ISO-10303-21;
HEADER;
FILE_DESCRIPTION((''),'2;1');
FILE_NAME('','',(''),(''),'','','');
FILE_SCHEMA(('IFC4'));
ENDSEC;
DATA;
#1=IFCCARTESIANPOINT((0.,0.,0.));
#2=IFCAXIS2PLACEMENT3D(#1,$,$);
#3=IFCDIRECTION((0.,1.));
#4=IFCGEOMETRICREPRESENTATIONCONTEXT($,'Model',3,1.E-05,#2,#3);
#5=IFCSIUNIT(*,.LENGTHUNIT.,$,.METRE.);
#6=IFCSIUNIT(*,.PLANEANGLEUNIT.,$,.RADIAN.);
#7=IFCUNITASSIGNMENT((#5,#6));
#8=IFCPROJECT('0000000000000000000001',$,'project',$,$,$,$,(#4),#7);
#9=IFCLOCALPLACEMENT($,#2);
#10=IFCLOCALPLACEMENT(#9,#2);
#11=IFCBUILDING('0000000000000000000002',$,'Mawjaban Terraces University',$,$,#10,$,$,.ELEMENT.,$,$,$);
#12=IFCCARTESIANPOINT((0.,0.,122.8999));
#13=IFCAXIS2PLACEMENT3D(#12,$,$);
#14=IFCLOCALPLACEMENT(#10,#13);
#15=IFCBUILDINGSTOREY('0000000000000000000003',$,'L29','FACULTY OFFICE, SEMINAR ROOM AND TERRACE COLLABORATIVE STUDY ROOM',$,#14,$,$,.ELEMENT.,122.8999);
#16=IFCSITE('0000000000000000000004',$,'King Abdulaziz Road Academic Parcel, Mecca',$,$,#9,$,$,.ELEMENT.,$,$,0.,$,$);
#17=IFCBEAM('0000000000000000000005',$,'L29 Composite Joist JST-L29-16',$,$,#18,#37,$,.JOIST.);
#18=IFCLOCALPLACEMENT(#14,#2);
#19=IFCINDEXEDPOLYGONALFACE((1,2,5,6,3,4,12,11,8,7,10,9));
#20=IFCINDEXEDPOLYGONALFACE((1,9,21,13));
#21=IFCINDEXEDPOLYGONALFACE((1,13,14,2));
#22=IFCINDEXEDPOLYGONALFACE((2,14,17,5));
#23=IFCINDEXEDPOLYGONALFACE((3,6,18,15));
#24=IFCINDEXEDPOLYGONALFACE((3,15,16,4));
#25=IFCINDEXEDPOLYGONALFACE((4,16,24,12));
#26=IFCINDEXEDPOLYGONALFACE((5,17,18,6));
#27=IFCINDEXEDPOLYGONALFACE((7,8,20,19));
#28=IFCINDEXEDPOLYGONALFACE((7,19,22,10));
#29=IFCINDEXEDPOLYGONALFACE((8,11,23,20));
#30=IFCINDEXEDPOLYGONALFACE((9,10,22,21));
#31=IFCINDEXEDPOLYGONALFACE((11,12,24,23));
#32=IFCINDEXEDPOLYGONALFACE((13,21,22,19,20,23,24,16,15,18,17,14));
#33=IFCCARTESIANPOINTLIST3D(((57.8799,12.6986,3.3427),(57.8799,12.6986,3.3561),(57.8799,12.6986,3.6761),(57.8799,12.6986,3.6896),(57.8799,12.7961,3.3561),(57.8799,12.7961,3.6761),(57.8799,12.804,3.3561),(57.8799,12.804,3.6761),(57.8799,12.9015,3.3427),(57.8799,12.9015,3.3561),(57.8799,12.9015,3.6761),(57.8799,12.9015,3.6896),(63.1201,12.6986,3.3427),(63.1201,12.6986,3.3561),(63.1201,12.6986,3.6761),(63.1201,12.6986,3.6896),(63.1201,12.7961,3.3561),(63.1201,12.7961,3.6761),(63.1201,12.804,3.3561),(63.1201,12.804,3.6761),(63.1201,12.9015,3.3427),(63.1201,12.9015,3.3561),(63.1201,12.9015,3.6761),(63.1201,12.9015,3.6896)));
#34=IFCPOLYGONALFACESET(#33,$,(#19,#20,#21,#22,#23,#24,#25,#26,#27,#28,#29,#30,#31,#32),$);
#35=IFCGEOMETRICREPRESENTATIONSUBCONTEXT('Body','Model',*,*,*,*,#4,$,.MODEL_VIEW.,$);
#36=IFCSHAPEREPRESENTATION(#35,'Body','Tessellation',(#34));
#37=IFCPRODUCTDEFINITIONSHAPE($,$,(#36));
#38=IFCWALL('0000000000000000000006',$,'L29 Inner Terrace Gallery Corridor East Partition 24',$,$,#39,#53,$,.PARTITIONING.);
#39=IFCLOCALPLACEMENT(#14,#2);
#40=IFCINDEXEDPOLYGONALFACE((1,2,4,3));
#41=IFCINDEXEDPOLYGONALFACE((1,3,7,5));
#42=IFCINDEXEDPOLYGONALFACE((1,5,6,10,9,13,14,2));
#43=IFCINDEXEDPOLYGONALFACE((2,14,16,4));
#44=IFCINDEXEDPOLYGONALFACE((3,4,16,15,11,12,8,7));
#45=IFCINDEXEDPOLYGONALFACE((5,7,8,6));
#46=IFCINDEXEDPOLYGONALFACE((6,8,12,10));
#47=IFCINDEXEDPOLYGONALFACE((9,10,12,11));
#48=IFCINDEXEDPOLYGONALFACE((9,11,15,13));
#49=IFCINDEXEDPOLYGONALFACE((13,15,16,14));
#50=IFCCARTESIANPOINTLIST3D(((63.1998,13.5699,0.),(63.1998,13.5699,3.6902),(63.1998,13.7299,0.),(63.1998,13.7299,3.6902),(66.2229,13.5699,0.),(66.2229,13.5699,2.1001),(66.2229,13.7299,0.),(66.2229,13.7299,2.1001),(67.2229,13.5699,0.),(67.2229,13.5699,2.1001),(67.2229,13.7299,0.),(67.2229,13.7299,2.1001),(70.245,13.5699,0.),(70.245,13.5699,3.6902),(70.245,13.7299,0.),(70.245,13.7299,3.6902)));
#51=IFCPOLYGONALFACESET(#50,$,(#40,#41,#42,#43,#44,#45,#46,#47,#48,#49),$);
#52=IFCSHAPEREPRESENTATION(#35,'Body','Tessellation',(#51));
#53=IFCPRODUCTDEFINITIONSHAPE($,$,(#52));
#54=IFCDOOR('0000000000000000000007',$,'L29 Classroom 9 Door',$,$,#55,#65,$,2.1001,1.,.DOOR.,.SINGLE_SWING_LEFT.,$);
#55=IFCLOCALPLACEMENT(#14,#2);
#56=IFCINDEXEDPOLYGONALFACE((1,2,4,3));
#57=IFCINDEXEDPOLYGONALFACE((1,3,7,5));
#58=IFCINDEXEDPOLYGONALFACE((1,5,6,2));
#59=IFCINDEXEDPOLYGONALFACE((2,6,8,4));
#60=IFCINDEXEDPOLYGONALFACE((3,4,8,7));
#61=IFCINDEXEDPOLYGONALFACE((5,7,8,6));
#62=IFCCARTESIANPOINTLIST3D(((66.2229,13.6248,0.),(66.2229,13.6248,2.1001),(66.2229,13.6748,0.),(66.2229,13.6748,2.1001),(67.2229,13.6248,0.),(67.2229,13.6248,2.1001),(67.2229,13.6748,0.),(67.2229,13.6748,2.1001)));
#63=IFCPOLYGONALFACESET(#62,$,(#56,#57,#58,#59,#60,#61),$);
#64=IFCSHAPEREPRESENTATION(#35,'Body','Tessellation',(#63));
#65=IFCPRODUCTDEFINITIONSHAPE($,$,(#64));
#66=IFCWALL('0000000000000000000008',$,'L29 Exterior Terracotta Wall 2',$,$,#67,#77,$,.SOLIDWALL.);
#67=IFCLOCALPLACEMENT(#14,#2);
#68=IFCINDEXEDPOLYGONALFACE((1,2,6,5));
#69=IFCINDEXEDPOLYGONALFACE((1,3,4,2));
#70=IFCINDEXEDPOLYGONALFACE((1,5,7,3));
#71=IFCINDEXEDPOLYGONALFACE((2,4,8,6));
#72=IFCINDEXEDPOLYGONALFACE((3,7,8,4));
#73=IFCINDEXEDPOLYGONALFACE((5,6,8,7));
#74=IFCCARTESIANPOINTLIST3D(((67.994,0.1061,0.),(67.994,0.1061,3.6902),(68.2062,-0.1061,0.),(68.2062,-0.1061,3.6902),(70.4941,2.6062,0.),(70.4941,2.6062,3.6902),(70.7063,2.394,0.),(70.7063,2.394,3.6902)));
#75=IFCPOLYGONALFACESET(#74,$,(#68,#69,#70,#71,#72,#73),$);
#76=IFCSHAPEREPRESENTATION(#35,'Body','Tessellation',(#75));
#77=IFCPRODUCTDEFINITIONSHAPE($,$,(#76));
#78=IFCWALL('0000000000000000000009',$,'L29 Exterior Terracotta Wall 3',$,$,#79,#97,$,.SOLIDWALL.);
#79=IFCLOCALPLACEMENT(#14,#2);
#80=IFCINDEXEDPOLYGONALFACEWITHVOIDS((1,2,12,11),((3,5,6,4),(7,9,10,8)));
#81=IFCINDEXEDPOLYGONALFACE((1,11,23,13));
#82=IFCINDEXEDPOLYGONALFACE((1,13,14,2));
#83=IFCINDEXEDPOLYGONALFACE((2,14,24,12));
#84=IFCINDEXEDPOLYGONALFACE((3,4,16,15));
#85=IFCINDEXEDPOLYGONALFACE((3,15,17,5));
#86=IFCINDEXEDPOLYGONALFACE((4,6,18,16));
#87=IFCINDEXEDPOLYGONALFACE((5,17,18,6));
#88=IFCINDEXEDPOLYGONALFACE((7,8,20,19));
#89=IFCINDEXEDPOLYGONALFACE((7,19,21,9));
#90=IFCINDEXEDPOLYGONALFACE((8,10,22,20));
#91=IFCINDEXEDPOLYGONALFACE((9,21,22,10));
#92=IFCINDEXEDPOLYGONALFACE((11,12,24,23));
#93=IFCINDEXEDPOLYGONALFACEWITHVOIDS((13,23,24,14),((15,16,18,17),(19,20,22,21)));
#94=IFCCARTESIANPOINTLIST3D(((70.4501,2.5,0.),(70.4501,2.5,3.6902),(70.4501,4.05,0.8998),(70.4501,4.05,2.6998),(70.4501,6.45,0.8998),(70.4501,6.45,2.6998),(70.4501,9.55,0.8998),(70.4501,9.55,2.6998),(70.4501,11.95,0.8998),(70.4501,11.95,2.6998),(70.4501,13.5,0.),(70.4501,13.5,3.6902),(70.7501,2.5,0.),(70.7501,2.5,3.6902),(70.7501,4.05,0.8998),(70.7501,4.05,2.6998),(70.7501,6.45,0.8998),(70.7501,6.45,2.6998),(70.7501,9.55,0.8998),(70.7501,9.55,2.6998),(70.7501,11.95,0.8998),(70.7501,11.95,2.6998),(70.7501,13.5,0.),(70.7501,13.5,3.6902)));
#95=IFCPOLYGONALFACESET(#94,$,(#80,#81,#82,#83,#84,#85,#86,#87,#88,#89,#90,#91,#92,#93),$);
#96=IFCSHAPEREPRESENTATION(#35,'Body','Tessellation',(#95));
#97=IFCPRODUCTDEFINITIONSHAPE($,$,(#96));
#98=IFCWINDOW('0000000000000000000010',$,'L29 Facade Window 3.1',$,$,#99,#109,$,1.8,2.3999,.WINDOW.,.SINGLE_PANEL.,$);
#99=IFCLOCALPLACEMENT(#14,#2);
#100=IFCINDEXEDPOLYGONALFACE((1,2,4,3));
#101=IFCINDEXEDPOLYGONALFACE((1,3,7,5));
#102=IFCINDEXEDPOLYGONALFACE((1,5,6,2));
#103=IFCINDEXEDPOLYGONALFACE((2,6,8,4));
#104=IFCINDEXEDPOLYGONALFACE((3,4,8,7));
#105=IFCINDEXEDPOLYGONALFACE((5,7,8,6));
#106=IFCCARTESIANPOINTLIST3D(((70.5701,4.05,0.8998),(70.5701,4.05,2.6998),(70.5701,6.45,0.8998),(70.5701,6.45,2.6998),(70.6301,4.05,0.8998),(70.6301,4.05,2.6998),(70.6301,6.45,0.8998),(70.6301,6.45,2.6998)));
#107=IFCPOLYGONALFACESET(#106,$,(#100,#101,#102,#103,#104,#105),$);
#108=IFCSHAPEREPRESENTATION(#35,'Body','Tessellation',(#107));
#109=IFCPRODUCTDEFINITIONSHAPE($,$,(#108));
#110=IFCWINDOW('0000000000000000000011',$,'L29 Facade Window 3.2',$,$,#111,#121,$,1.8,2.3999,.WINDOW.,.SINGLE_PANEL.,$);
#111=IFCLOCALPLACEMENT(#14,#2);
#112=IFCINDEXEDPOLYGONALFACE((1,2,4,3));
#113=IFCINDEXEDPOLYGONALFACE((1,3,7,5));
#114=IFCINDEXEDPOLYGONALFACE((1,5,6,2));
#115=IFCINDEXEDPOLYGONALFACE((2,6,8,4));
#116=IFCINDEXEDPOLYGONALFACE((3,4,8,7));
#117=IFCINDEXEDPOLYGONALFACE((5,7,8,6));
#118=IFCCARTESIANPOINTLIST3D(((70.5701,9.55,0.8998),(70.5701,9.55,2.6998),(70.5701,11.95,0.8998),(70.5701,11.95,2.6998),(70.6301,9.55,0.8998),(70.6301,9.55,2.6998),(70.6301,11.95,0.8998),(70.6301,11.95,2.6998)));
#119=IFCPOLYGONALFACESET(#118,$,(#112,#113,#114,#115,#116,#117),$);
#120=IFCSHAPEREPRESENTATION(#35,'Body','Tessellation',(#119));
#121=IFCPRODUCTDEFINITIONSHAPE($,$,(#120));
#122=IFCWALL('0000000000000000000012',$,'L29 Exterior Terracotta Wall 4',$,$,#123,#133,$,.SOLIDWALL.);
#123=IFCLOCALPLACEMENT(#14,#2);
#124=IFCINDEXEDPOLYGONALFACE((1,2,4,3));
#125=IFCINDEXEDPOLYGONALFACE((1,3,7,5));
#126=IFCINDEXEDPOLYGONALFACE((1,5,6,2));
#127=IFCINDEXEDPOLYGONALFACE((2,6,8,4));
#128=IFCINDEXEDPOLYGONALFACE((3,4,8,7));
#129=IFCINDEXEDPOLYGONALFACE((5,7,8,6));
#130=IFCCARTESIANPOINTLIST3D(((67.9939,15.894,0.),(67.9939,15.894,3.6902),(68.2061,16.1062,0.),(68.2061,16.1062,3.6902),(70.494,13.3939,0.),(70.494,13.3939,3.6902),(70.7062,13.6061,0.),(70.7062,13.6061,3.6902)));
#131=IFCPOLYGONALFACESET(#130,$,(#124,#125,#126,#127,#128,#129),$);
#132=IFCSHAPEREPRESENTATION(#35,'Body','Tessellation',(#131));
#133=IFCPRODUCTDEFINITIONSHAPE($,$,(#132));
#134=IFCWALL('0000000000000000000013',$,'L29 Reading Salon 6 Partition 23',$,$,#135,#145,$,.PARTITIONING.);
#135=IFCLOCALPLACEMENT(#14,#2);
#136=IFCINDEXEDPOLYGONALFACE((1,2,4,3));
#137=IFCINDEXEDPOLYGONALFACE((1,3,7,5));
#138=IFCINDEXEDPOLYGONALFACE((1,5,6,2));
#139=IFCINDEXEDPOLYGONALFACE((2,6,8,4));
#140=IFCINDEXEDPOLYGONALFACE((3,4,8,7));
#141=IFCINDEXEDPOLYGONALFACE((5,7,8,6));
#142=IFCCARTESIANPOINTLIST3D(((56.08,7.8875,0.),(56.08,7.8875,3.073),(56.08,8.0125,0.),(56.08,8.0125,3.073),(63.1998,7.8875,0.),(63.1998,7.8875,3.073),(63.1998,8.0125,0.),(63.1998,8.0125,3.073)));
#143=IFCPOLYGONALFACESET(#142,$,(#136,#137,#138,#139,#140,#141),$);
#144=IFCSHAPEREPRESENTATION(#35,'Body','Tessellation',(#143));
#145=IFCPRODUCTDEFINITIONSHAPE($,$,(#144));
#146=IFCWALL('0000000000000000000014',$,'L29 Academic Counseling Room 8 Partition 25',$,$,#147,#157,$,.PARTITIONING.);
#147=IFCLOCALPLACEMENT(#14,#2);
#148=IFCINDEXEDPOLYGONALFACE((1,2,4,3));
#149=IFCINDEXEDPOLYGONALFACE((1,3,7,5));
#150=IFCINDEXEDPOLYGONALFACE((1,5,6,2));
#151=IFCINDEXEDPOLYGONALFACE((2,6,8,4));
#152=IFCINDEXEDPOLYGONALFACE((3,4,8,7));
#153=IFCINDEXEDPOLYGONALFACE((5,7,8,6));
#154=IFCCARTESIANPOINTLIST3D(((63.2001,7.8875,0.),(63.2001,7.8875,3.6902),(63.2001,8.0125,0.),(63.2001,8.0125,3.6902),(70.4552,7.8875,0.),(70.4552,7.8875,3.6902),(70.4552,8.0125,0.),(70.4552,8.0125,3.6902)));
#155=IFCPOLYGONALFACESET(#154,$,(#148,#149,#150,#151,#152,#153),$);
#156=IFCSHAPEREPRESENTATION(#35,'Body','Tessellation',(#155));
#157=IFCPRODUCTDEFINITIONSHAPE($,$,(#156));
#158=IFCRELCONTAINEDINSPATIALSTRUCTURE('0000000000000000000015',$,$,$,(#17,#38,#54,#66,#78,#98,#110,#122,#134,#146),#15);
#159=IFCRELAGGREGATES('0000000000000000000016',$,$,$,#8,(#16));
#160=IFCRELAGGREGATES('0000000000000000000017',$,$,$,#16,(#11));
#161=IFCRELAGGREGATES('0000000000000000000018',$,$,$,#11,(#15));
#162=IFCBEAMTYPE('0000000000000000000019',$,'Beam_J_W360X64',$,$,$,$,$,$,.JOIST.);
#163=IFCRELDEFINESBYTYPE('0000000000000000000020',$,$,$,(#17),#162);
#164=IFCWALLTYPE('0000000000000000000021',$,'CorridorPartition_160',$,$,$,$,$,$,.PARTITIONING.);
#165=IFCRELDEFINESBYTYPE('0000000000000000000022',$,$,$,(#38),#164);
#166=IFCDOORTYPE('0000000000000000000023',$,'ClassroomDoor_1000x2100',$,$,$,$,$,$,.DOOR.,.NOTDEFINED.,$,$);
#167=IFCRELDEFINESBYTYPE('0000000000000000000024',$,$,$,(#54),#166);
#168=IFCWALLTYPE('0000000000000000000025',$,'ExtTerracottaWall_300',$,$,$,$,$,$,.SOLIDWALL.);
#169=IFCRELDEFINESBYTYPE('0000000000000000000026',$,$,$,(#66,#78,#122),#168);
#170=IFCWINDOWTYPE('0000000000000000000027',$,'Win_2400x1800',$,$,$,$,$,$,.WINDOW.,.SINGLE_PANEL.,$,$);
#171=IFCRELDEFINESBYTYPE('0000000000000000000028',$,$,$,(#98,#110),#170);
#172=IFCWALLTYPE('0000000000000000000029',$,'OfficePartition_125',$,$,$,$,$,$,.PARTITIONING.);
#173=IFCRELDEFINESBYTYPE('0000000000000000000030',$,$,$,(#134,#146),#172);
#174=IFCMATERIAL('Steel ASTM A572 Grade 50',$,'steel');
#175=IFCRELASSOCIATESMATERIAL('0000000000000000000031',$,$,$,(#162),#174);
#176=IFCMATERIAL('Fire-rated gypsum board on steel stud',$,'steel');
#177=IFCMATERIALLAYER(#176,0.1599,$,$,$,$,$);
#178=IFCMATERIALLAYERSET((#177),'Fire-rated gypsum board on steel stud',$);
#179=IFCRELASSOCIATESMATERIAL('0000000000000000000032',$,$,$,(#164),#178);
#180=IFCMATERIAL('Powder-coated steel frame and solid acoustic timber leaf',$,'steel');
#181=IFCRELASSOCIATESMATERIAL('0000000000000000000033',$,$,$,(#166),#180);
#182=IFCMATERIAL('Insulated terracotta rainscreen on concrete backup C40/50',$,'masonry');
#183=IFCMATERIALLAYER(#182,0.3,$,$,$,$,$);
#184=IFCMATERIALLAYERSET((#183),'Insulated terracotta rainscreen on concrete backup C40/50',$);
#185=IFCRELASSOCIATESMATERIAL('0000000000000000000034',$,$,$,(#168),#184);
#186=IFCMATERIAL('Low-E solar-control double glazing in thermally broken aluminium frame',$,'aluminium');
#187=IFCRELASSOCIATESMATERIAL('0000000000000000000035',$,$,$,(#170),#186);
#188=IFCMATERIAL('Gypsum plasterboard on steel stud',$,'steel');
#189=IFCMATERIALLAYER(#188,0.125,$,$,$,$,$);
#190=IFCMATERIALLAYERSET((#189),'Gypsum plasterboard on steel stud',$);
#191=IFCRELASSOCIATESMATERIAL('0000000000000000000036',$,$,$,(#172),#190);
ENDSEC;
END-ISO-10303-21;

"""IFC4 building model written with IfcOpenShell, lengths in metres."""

from ifc_helpers import new_model, si_unit, direction, frame, frame_2d, origin, origin_2d, place, context, subcontext, project, spatial, rectangle, i_section, extrude, material, layer, layer_set, material_profile, profile_set, type_object, element, fill, save


model = new_model("IFC4")

# Units and contexts
model_context = context("Model", 3, precision=1e-05, world=origin(), true_north=direction((0.0, 1.0)))
body_context = subcontext(model_context, "Body", "Model", "MODEL_VIEW")
ifc_project = project(units=[si_unit("LENGTHUNIT", "METRE"), si_unit("PLANEANGLEUNIT", "RADIAN")], contexts=[model_context])

# Site, building, storey
site_placement = place(None, origin())
site = spatial("IfcSite", under=ifc_project, at=site_placement, Name="King Abdulaziz Road Academic Parcel, Mecca", CompositionType="ELEMENT", RefElevation=0.0)
building_placement = place(site_placement, origin())
building = spatial("IfcBuilding", under=site, at=building_placement, Name="Mawjaban Terraces University", CompositionType="ELEMENT")
storey_placement = place(building_placement, frame((0.0, 0.0, 122.8999)))
storey = spatial("IfcBuildingStorey", under=building, at=storey_placement, Name="L29", Description="FACULTY OFFICE, SEMINAR ROOM AND TERRACE COLLABORATIVE STUDY ROOM", CompositionType="ELEMENT", Elevation=122.8999)

# Beam
ifc_material_1 = material(Name="Steel ASTM A572 Grade 50", Category="steel")
ifc_material_profile_1 = material_profile(ifc_material_1, i_section(OverallWidth=0.2029, OverallDepth=0.3469, WebThickness=0.0078, FlangeThickness=0.0134, at=origin_2d()), Name="W360X64")
ifc_profile_set_1 = profile_set([ifc_material_profile_1], Name="Steel ASTM A572 Grade 50")
beam_type_1 = type_object("IfcBeamType", Name="Beam_J_W360X64", PredefinedType="JOIST", material=ifc_profile_set_1)
for number, where, z_axis, x_axis, name in (
    (1, (57.8799, 12.8, 3.5161), (1.0, 0.0, 0.0), (0.0, 1.0, 0.0), "L29 Composite Joist JST-L29-16"),
):
    element("IfcBeam", number, at=place(storey_placement, frame(where, z_axis=z_axis, x_axis=x_axis)), inside=storey, type_object=beam_type_1, Name=name, PredefinedType="JOIST", context=body_context, shape_type="SweptSolid", body=[
        extrude(i_section(OverallWidth=0.2029, OverallDepth=0.3469, WebThickness=0.0078, FlangeThickness=0.0134, at=origin_2d()), origin(), (0.0, 0.0, 1.0), 5.2402),
    ])

# Wall, opening, door
ifc_material_2 = material(Name="Fire-rated gypsum board on steel stud", Category="steel")
ifc_layer_1 = layer(ifc_material_2, 0.1599)
ifc_layer_set_1 = layer_set([ifc_layer_1], Name="Fire-rated gypsum board on steel stud")
wall_type_1 = type_object("IfcWallType", Name="CorridorPartition_160", PredefinedType="PARTITIONING", material=ifc_layer_set_1)
wall_1_placement = place(storey_placement, frame((63.2, 13.6499, 0.0), z_axis=(0.0, 0.0, 1.0), x_axis=(1.0, 0.0, 0.0)))
wall_1 = element("IfcWall", 2, at=wall_1_placement, inside=storey, type_object=wall_type_1, Name="L29 Inner Terrace Gallery Corridor East Partition 24", PredefinedType="PARTITIONING", context=body_context, shape_type="SweptSolid", body=[
    extrude(rectangle(XDim=7.0452, YDim=0.1599, at=frame_2d((3.5225, 0.0))), origin(), (0.0, 0.0, 1.0), 3.6902),
])
opening_1_placement = place(wall_1_placement, frame((3.0229, 0.0, 0.0)))
opening_1 = element("IfcOpeningElement", 3, at=opening_1_placement, cuts=wall_1, PredefinedType="OPENING", context=body_context, shape_type="SweptSolid", body=[
    extrude(rectangle(XDim=1.0, YDim=2.1001, at=frame_2d((0.5, 1.05))), frame((0.0, 0.0898, 0.0), z_axis=(0.0, -1.0, 0.0), x_axis=(1.0, 0.0, 0.0)), (0.0, 0.0, 1.0), 0.1799),
])
ifc_material_3 = material(Name="Powder-coated steel frame and solid acoustic timber leaf", Category="steel")
door_type_1 = type_object("IfcDoorType", Name="ClassroomDoor_1000x2100", OperationType="NOTDEFINED", PredefinedType="DOOR", material=ifc_material_3)
door_1_placement = place(opening_1_placement, origin())
door_1 = element("IfcDoor", 4, at=door_1_placement, inside=storey, type_object=door_type_1, Name="L29 Classroom 9 Door", OperationType="SINGLE_SWING_LEFT", OverallHeight=2.1001, OverallWidth=1.0, PredefinedType="DOOR", context=body_context, shape_type="SweptSolid", body=[
    extrude(rectangle(XDim=1.0, YDim=2.1001, at=frame_2d((0.5, 1.05))), frame((0.0, 0.0249, 0.0), z_axis=(0.0, -1.0, 0.0), x_axis=(1.0, 0.0, 0.0)), (0.0, 0.0, 1.0), 0.05),
])
fill(opening_1, door_1)

# Wall
ifc_material_4 = material(Name="Insulated terracotta rainscreen on concrete backup C40/50", Category="masonry")
ifc_layer_2 = layer(ifc_material_4, 0.3)
ifc_layer_set_2 = layer_set([ifc_layer_2], Name="Insulated terracotta rainscreen on concrete backup C40/50")
wall_type_2 = type_object("IfcWallType", Name="ExtTerracottaWall_300", PredefinedType="SOLIDWALL", material=ifc_layer_set_2)
wall_2_placement = place(storey_placement, frame((68.1001, 0.0, 0.0), z_axis=(0.0, 0.0, 1.0), x_axis=(0.707107, 0.707107, 0.0)))
element("IfcWall", 5, at=wall_2_placement, inside=storey, type_object=wall_type_2, Name="L29 Exterior Terracotta Wall 2", PredefinedType="SOLIDWALL", context=body_context, shape_type="SweptSolid", body=[
    extrude(rectangle(XDim=3.5356, YDim=0.3, at=frame_2d((1.7678, 0.0))), origin(), (0.0, 0.0, 1.0), 3.6902),
])

# Wall, openings, windows
wall_3_placement = place(storey_placement, frame((70.6001, 2.5, 0.0), z_axis=(0.0, 0.0, 1.0), x_axis=(0.0, 1.0, 0.0)))
wall_3 = element("IfcWall", 6, at=wall_3_placement, inside=storey, type_object=wall_type_2, Name="L29 Exterior Terracotta Wall 3", PredefinedType="SOLIDWALL", context=body_context, shape_type="SweptSolid", body=[
    extrude(rectangle(XDim=11.0, YDim=0.3, at=frame_2d((5.5, 0.0))), origin(), (0.0, 0.0, 1.0), 3.6902),
])
opening_2_placement = place(wall_3_placement, frame((1.55, 0.0, 0.8999)))
opening_2 = element("IfcOpeningElement", 7, at=opening_2_placement, cuts=wall_3, PredefinedType="OPENING", context=body_context, shape_type="SweptSolid", body=[
    extrude(rectangle(XDim=2.3999, YDim=1.8, at=frame_2d((1.2, 0.8999))), frame((0.0, 0.1599, 0.0), z_axis=(0.0, -1.0, 0.0), x_axis=(1.0, 0.0, 0.0)), (0.0, 0.0, 1.0), 0.3201),
])
opening_3_placement = place(wall_3_placement, frame((7.05, 0.0, 0.8999)))
opening_3 = element("IfcOpeningElement", 8, at=opening_3_placement, cuts=wall_3, PredefinedType="OPENING", context=body_context, shape_type="SweptSolid", body=[
    extrude(rectangle(XDim=2.3999, YDim=1.8, at=frame_2d((1.2, 0.8999))), frame((0.0, 0.1599, 0.0), z_axis=(0.0, -1.0, 0.0), x_axis=(1.0, 0.0, 0.0)), (0.0, 0.0, 1.0), 0.3201),
])
ifc_material_5 = material(Name="Low-E solar-control double glazing in thermally broken aluminium frame", Category="aluminium")
window_type = type_object("IfcWindowType", Name="Win_2400x1800", PartitioningType="SINGLE_PANEL", PredefinedType="WINDOW", material=ifc_material_5)
window_1_placement = place(opening_2_placement, origin())
window_1 = element("IfcWindow", 9, at=window_1_placement, inside=storey, type_object=window_type, Name="L29 Facade Window 3.1", OverallHeight=1.8, OverallWidth=2.3999, PartitioningType="SINGLE_PANEL", PredefinedType="WINDOW", context=body_context, shape_type="SweptSolid", body=[
    extrude(rectangle(XDim=2.3999, YDim=1.8, at=frame_2d((1.2, 0.8999))), frame((0.0, 0.03, 0.0), z_axis=(0.0, -1.0, 0.0), x_axis=(1.0, 0.0, 0.0)), (0.0, 0.0, 1.0), 0.0601),
])
fill(opening_2, window_1)
window_2_placement = place(opening_3_placement, origin())
window_2 = element("IfcWindow", 10, at=window_2_placement, inside=storey, type_object=window_type, Name="L29 Facade Window 3.2", OverallHeight=1.8, OverallWidth=2.3999, PartitioningType="SINGLE_PANEL", PredefinedType="WINDOW", context=body_context, shape_type="SweptSolid", body=[
    extrude(rectangle(XDim=2.3999, YDim=1.8, at=frame_2d((1.2, 0.8999))), frame((0.0, 0.03, 0.0), z_axis=(0.0, -1.0, 0.0), x_axis=(1.0, 0.0, 0.0)), (0.0, 0.0, 1.0), 0.0601),
])
fill(opening_3, window_2)

# Walls
wall_4_placement = place(storey_placement, frame((70.6001, 13.5, 0.0), z_axis=(0.0, 0.0, 1.0), x_axis=(-0.707107, 0.707107, 0.0)))
element("IfcWall", 11, at=wall_4_placement, inside=storey, type_object=wall_type_2, Name="L29 Exterior Terracotta Wall 4", PredefinedType="SOLIDWALL", context=body_context, shape_type="SweptSolid", body=[
    extrude(rectangle(XDim=3.5356, YDim=0.3, at=frame_2d((1.7678, 0.0))), origin(), (0.0, 0.0, 1.0), 3.6902),
])
ifc_material_6 = material(Name="Gypsum plasterboard on steel stud", Category="steel")
ifc_layer_3 = layer(ifc_material_6, 0.125)
ifc_layer_set_3 = layer_set([ifc_layer_3], Name="Gypsum plasterboard on steel stud")
wall_type_3 = type_object("IfcWallType", Name="OfficePartition_125", PredefinedType="PARTITIONING", material=ifc_layer_set_3)
wall_5_placement = place(storey_placement, frame((63.2, 7.95, 0.0), z_axis=(0.0, 0.0, 1.0), x_axis=(-1.0, 0.0, 0.0)))
element("IfcWall", 12, at=wall_5_placement, inside=storey, type_object=wall_type_3, Name="L29 Reading Salon 6 Partition 23", PredefinedType="PARTITIONING", context=body_context, shape_type="SweptSolid", body=[
    extrude(rectangle(XDim=7.1199, YDim=0.125, at=frame_2d((3.5601, 0.0))), origin(), (0.0, 0.0, 1.0), 3.073),
])
wall_6_placement = place(storey_placement, frame((70.4551, 7.95, 0.0), z_axis=(0.0, 0.0, 1.0), x_axis=(-1.0, 0.0, 0.0)))
element("IfcWall", 13, at=wall_6_placement, inside=storey, type_object=wall_type_3, Name="L29 Academic Counseling Room 8 Partition 25", PredefinedType="PARTITIONING", context=body_context, shape_type="SweptSolid", body=[
    extrude(rectangle(XDim=7.2551, YDim=0.125, at=frame_2d((3.6274, 0.0))), origin(), (0.0, 0.0, 1.0), 3.6902),
])

save(model, "model.ifc")
